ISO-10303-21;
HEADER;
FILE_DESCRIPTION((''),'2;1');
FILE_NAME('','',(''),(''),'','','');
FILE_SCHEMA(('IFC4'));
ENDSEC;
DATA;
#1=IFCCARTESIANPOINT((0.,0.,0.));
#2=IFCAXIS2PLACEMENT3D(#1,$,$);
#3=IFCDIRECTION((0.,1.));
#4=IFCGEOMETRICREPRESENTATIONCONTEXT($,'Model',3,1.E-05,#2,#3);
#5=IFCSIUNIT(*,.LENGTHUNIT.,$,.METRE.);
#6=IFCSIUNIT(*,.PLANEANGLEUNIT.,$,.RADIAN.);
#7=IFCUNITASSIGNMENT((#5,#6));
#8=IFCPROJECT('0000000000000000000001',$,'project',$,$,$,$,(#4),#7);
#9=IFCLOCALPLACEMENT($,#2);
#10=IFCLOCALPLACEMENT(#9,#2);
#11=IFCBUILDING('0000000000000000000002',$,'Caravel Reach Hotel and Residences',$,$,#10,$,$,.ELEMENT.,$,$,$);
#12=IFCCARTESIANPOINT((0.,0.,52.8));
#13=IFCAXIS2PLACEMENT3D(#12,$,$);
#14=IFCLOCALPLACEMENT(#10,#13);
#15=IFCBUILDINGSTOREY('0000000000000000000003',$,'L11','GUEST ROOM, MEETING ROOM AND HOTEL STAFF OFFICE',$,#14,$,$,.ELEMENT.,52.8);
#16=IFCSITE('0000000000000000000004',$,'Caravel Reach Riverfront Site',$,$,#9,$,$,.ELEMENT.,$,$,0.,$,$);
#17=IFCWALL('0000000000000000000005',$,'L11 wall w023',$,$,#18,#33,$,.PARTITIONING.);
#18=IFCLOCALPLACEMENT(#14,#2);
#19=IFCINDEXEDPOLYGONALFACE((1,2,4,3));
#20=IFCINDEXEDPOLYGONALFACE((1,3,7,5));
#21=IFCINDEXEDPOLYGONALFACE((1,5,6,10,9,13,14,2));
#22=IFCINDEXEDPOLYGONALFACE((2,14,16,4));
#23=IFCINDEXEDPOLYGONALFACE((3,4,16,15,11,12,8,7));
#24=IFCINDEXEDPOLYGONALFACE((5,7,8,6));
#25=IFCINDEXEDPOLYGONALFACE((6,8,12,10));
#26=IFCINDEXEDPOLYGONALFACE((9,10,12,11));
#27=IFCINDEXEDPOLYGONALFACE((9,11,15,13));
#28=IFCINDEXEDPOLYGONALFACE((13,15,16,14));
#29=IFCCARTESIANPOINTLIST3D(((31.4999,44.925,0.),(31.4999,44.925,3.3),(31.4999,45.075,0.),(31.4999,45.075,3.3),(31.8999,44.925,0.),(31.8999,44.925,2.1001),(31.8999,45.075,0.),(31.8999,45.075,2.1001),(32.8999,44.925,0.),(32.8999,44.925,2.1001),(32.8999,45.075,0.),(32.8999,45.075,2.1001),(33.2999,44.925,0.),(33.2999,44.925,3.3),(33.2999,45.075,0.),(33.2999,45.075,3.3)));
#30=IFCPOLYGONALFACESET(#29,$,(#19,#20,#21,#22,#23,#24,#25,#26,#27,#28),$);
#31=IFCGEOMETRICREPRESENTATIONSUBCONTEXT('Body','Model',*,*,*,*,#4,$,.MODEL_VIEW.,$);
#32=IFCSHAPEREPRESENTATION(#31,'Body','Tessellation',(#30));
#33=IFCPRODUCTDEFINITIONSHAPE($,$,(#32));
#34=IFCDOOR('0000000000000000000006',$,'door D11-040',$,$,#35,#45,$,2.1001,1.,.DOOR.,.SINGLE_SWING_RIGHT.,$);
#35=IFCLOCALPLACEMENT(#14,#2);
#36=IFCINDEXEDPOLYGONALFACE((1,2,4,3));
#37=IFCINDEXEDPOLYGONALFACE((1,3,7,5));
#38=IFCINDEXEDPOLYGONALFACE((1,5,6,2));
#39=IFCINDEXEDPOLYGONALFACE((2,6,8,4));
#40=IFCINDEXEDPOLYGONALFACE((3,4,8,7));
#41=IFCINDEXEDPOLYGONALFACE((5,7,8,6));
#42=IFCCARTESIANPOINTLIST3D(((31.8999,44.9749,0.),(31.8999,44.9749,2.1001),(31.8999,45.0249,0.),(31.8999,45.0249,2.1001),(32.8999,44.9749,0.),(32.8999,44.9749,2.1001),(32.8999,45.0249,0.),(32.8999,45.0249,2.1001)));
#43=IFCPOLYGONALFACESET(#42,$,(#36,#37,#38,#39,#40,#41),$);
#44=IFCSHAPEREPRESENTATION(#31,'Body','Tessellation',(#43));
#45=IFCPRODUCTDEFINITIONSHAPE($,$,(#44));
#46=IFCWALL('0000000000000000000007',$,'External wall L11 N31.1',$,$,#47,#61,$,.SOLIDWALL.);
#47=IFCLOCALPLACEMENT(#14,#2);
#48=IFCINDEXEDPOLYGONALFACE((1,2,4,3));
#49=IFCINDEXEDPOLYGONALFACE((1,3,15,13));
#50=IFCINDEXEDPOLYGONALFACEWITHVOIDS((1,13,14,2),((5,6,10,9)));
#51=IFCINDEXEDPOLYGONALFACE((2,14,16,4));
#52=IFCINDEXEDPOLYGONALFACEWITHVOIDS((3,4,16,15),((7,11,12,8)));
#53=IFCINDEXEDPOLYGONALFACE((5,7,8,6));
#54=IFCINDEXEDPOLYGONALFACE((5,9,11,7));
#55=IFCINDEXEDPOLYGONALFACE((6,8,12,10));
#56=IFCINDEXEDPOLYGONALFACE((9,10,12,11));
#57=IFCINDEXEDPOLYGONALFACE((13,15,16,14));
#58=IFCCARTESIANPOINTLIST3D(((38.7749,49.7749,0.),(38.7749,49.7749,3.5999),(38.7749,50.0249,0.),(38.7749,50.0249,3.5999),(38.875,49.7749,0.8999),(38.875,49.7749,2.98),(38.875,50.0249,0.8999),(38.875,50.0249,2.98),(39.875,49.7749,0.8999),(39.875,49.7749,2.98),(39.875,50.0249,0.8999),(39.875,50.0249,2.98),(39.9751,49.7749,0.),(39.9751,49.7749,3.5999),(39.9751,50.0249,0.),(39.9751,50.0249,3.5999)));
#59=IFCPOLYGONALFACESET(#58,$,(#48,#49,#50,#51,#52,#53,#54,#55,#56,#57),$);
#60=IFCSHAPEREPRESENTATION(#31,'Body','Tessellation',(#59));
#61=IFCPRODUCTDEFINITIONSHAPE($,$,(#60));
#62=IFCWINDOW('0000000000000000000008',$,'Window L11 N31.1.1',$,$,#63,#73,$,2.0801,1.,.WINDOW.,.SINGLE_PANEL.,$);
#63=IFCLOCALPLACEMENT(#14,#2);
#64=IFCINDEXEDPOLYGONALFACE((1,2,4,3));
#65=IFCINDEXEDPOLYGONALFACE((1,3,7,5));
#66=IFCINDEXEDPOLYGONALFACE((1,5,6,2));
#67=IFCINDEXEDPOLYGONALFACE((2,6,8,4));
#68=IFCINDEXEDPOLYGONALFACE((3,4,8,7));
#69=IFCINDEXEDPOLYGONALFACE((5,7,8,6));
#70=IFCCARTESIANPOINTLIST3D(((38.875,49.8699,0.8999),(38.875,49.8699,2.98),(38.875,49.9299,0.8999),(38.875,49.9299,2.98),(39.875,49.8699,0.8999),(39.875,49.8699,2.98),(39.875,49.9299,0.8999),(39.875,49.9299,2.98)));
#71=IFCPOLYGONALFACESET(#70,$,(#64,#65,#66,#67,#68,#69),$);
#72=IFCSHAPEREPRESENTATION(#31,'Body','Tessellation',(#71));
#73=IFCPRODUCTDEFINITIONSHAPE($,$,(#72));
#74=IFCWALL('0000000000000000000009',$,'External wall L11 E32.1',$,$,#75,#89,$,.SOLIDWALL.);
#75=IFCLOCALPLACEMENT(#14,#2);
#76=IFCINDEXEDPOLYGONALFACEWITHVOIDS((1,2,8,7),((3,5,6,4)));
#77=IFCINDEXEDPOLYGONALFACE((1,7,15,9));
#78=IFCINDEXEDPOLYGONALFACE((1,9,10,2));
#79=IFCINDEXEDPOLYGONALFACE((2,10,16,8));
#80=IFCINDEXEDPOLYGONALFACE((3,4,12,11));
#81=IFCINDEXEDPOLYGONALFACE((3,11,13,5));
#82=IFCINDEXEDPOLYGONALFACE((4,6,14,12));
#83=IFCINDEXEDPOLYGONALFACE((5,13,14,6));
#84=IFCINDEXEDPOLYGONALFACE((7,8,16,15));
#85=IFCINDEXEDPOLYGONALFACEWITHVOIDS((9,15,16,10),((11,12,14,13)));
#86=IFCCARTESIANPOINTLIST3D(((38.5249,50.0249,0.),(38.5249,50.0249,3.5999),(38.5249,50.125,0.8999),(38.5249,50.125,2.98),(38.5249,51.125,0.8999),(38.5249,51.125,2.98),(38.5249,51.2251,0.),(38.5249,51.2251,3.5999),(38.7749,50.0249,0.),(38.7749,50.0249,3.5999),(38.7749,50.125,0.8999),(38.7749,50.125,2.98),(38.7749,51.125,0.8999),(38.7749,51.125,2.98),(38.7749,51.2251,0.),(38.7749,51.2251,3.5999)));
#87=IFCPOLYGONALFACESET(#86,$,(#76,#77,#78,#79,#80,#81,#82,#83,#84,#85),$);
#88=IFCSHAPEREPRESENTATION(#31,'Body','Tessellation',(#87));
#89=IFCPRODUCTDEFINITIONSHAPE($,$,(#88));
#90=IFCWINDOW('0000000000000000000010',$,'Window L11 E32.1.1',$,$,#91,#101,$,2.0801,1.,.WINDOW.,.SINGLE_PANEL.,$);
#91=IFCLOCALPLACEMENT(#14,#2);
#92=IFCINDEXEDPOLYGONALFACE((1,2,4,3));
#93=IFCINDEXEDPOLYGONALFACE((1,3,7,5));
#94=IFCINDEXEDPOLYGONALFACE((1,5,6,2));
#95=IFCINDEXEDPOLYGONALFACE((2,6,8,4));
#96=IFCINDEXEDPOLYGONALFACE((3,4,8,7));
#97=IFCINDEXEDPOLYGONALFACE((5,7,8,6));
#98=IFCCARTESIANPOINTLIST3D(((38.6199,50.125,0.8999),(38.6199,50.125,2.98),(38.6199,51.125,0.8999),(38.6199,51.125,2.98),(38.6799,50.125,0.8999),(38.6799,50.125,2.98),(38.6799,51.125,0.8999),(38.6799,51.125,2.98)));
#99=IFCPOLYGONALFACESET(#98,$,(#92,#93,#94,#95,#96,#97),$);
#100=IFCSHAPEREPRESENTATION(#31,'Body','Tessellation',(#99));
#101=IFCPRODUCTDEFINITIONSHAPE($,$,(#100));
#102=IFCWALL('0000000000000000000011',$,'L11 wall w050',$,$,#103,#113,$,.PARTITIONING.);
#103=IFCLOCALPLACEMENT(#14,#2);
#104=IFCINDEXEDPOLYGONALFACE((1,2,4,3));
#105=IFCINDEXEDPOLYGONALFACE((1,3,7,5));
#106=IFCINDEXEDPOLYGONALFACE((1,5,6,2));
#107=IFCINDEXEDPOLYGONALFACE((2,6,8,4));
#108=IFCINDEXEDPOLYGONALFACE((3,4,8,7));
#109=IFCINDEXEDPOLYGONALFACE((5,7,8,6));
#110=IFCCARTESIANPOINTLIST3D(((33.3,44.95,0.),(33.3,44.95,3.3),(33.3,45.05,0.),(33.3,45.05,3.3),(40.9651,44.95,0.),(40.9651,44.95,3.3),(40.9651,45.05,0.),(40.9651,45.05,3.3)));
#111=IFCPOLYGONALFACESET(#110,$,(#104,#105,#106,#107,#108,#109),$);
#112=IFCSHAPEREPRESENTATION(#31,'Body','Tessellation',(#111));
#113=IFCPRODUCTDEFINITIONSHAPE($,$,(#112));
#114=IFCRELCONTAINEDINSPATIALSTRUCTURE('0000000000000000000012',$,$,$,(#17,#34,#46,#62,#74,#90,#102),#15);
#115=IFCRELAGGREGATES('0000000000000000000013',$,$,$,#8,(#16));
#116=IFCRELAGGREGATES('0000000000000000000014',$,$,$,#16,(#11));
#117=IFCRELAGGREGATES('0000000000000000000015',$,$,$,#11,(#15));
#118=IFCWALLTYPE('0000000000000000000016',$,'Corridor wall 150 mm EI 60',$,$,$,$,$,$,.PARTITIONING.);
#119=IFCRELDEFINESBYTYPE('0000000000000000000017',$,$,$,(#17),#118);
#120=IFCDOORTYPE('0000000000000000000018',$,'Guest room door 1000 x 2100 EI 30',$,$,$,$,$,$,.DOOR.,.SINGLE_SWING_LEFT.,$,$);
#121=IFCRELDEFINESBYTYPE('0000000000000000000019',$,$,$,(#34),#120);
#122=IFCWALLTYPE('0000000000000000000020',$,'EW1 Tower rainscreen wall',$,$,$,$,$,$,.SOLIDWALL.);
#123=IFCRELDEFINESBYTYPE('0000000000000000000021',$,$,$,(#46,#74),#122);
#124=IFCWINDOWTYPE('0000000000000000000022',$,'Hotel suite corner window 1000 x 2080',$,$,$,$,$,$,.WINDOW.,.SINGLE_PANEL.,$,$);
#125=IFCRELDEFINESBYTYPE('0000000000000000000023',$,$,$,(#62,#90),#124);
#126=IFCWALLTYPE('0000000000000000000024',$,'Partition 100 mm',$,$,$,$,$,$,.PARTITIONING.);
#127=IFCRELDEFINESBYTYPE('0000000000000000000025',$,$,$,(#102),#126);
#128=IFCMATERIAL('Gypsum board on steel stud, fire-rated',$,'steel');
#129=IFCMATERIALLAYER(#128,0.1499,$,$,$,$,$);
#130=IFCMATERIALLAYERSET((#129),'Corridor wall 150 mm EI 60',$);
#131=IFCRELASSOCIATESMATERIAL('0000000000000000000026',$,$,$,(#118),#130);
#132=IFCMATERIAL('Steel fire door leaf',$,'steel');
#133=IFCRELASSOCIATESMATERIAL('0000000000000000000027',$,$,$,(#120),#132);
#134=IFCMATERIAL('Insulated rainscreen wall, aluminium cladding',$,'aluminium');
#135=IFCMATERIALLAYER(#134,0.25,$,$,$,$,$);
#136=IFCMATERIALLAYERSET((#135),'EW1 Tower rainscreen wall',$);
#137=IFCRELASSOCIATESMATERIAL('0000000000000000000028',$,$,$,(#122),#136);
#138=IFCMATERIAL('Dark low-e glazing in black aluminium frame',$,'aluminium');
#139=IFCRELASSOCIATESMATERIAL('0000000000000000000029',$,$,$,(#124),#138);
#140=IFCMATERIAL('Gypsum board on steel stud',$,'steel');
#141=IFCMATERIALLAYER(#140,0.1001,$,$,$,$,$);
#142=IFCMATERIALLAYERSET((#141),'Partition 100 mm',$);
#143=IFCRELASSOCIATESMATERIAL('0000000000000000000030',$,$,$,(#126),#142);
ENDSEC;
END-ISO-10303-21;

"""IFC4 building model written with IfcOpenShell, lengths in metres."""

from ifc_helpers import new_model, si_unit, direction, frame, frame_2d, origin, place, context, subcontext, project, spatial, rectangle, extrude, material, layer, layer_set, type_object, element, fill, save


model = new_model("IFC4")

# Units and contexts
model_context = context("Model", 3, precision=1e-05, world=origin(), true_north=direction((0.0, 1.0)))
body_context = subcontext(model_context, "Body", "Model", "MODEL_VIEW")
ifc_project = project(units=[si_unit("LENGTHUNIT", "METRE"), si_unit("PLANEANGLEUNIT", "RADIAN")], contexts=[model_context])

# Site, building, storey
site_placement = place(None, origin())
site = spatial("IfcSite", under=ifc_project, at=site_placement, Name="Caravel Reach Riverfront Site", CompositionType="ELEMENT", RefElevation=0.0)
building_placement = place(site_placement, origin())
building = spatial("IfcBuilding", under=site, at=building_placement, Name="Caravel Reach Hotel and Residences", CompositionType="ELEMENT")
storey_placement = place(building_placement, frame((0.0, 0.0, 52.8)))
storey = spatial("IfcBuildingStorey", under=building, at=storey_placement, Name="L11", Description="GUEST ROOM, MEETING ROOM AND HOTEL STAFF OFFICE", CompositionType="ELEMENT", Elevation=52.8)

# Wall, opening, door
ifc_material_1 = material(Name="Gypsum board on steel stud, fire-rated", Category="steel")
ifc_layer_1 = layer(ifc_material_1, 0.1499)
ifc_layer_set_1 = layer_set([ifc_layer_1], Name="Corridor wall 150 mm EI 60")
wall_type_1 = type_object("IfcWallType", Name="Corridor wall 150 mm EI 60", PredefinedType="PARTITIONING", material=ifc_layer_set_1)
wall_1_placement = place(storey_placement, frame((31.5, 45.0, 0.0), z_axis=(0.0, 0.0, 1.0), x_axis=(1.0, 0.0, 0.0)))
wall_1 = element("IfcWall", 1, at=wall_1_placement, inside=storey, type_object=wall_type_1, Name="L11 wall w023", PredefinedType="PARTITIONING", context=body_context, shape_type="SweptSolid", body=[
    extrude(rectangle(XDim=1.8, YDim=0.1499, at=frame_2d((0.8999, 0.0))), origin(), (0.0, 0.0, 1.0), 3.3),
])
opening_1_placement = place(wall_1_placement, frame((0.3999, 0.0, 0.0)))
opening_1 = element("IfcOpeningElement", 2, at=opening_1_placement, cuts=wall_1, PredefinedType="OPENING", context=body_context, shape_type="SweptSolid", body=[
    extrude(rectangle(XDim=1.0, YDim=2.1001, at=frame_2d((0.5, 1.05))), frame((0.0, 0.085, 0.0), z_axis=(0.0, -1.0, 0.0), x_axis=(1.0, 0.0, 0.0)), (0.0, 0.0, 1.0), 0.1699),
])
ifc_material_2 = material(Name="Steel fire door leaf", Category="steel")
door_type = type_object("IfcDoorType", Name="Guest room door 1000 x 2100 EI 30", OperationType="SINGLE_SWING_LEFT", PredefinedType="DOOR", material=ifc_material_2)
door_placement = place(opening_1_placement, origin())
door = element("IfcDoor", 3, at=door_placement, inside=storey, type_object=door_type, Name="door D11-040", OperationType="SINGLE_SWING_RIGHT", OverallHeight=2.1001, OverallWidth=1.0, PredefinedType="DOOR", context=body_context, shape_type="SweptSolid", body=[
    extrude(rectangle(XDim=1.0, YDim=2.1001, at=frame_2d((0.5, 1.05))), frame((0.0, 0.0249, 0.0), z_axis=(0.0, -1.0, 0.0), x_axis=(1.0, 0.0, 0.0)), (0.0, 0.0, 1.0), 0.05),
])
fill(opening_1, door)

# Walls, openings, windows
ifc_material_3 = material(Name="Insulated rainscreen wall, aluminium cladding", Category="aluminium")
ifc_layer_2 = layer(ifc_material_3, 0.25)
ifc_layer_set_2 = layer_set([ifc_layer_2], Name="EW1 Tower rainscreen wall")
wall_type_2 = type_object("IfcWallType", Name="EW1 Tower rainscreen wall", PredefinedType="SOLIDWALL", material=ifc_layer_set_2)
wall_2_placement = place(storey_placement, frame((39.9751, 49.8999, 0.0), z_axis=(0.0, 0.0, 1.0), x_axis=(-1.0, 0.0, 0.0)))
wall_2 = element("IfcWall", 4, at=wall_2_placement, inside=storey, type_object=wall_type_2, Name="External wall L11 N31.1", PredefinedType="SOLIDWALL", context=body_context, shape_type="SweptSolid", body=[
    extrude(rectangle(XDim=1.2002, YDim=0.25, at=frame_2d((0.6001, 0.0))), origin(), (0.0, 0.0, 1.0), 3.5999),
])
opening_2_placement = place(wall_2_placement, frame((0.1001, 0.0, 0.8999)))
opening_2 = element("IfcOpeningElement", 5, at=opening_2_placement, cuts=wall_2, PredefinedType="OPENING", context=body_context, shape_type="SweptSolid", body=[
    extrude(rectangle(XDim=1.0, YDim=2.0801, at=frame_2d((0.5, 1.04))), frame((0.0, 0.135, 0.0), z_axis=(0.0, -1.0, 0.0), x_axis=(1.0, 0.0, 0.0)), (0.0, 0.0, 1.0), 0.27),
])
ifc_material_4 = material(Name="Dark low-e glazing in black aluminium frame", Category="aluminium")
window_type = type_object("IfcWindowType", Name="Hotel suite corner window 1000 x 2080", PartitioningType="SINGLE_PANEL", PredefinedType="WINDOW", material=ifc_material_4)
window_1_placement = place(opening_2_placement, origin())
window_1 = element("IfcWindow", 6, at=window_1_placement, inside=storey, type_object=window_type, Name="Window L11 N31.1.1", OverallHeight=2.0801, OverallWidth=1.0, PartitioningType="SINGLE_PANEL", PredefinedType="WINDOW", context=body_context, shape_type="SweptSolid", body=[
    extrude(rectangle(XDim=1.0, YDim=2.0801, at=frame_2d((0.5, 1.04))), frame((0.0, 0.03, 0.0), z_axis=(0.0, -1.0, 0.0), x_axis=(1.0, 0.0, 0.0)), (0.0, 0.0, 1.0), 0.0601),
])
fill(opening_2, window_1)
wall_3_placement = place(storey_placement, frame((38.6499, 50.0249, 0.0), z_axis=(0.0, 0.0, 1.0), x_axis=(0.0, 1.0, 0.0)))
wall_3 = element("IfcWall", 7, at=wall_3_placement, inside=storey, type_object=wall_type_2, Name="External wall L11 E32.1", PredefinedType="SOLIDWALL", context=body_context, shape_type="SweptSolid", body=[
    extrude(rectangle(XDim=1.2002, YDim=0.25, at=frame_2d((0.6001, 0.0))), origin(), (0.0, 0.0, 1.0), 3.5999),
])
opening_3_placement = place(wall_3_placement, frame((0.1001, 0.0, 0.8999)))
opening_3 = element("IfcOpeningElement", 8, at=opening_3_placement, cuts=wall_3, PredefinedType="OPENING", context=body_context, shape_type="SweptSolid", body=[
    extrude(rectangle(XDim=1.0, YDim=2.0801, at=frame_2d((0.5, 1.04))), frame((0.0, 0.135, 0.0), z_axis=(0.0, -1.0, 0.0), x_axis=(1.0, 0.0, 0.0)), (0.0, 0.0, 1.0), 0.27),
])
window_2_placement = place(opening_3_placement, origin())
window_2 = element("IfcWindow", 9, at=window_2_placement, inside=storey, type_object=window_type, Name="Window L11 E32.1.1", OverallHeight=2.0801, OverallWidth=1.0, PartitioningType="SINGLE_PANEL", PredefinedType="WINDOW", context=body_context, shape_type="SweptSolid", body=[
    extrude(rectangle(XDim=1.0, YDim=2.0801, at=frame_2d((0.5, 1.04))), frame((0.0, 0.03, 0.0), z_axis=(0.0, -1.0, 0.0), x_axis=(1.0, 0.0, 0.0)), (0.0, 0.0, 1.0), 0.0601),
])
fill(opening_3, window_2)

# Wall
ifc_material_5 = material(Name="Gypsum board on steel stud", Category="steel")
ifc_layer_3 = layer(ifc_material_5, 0.1001)
ifc_layer_set_3 = layer_set([ifc_layer_3], Name="Partition 100 mm")
wall_type_3 = type_object("IfcWallType", Name="Partition 100 mm", PredefinedType="PARTITIONING", material=ifc_layer_set_3)
wall_4_placement = place(storey_placement, frame((33.3, 45.0, 0.0), z_axis=(0.0, 0.0, 1.0), x_axis=(1.0, 0.0, 0.0)))
element("IfcWall", 10, at=wall_4_placement, inside=storey, type_object=wall_type_3, Name="L11 wall w050", PredefinedType="PARTITIONING", context=body_context, shape_type="SweptSolid", body=[
    extrude(rectangle(XDim=7.665, YDim=0.1001, at=frame_2d((3.8325, 0.0))), origin(), (0.0, 0.0, 1.0), 3.3),
])

save(model, "model.ifc")
